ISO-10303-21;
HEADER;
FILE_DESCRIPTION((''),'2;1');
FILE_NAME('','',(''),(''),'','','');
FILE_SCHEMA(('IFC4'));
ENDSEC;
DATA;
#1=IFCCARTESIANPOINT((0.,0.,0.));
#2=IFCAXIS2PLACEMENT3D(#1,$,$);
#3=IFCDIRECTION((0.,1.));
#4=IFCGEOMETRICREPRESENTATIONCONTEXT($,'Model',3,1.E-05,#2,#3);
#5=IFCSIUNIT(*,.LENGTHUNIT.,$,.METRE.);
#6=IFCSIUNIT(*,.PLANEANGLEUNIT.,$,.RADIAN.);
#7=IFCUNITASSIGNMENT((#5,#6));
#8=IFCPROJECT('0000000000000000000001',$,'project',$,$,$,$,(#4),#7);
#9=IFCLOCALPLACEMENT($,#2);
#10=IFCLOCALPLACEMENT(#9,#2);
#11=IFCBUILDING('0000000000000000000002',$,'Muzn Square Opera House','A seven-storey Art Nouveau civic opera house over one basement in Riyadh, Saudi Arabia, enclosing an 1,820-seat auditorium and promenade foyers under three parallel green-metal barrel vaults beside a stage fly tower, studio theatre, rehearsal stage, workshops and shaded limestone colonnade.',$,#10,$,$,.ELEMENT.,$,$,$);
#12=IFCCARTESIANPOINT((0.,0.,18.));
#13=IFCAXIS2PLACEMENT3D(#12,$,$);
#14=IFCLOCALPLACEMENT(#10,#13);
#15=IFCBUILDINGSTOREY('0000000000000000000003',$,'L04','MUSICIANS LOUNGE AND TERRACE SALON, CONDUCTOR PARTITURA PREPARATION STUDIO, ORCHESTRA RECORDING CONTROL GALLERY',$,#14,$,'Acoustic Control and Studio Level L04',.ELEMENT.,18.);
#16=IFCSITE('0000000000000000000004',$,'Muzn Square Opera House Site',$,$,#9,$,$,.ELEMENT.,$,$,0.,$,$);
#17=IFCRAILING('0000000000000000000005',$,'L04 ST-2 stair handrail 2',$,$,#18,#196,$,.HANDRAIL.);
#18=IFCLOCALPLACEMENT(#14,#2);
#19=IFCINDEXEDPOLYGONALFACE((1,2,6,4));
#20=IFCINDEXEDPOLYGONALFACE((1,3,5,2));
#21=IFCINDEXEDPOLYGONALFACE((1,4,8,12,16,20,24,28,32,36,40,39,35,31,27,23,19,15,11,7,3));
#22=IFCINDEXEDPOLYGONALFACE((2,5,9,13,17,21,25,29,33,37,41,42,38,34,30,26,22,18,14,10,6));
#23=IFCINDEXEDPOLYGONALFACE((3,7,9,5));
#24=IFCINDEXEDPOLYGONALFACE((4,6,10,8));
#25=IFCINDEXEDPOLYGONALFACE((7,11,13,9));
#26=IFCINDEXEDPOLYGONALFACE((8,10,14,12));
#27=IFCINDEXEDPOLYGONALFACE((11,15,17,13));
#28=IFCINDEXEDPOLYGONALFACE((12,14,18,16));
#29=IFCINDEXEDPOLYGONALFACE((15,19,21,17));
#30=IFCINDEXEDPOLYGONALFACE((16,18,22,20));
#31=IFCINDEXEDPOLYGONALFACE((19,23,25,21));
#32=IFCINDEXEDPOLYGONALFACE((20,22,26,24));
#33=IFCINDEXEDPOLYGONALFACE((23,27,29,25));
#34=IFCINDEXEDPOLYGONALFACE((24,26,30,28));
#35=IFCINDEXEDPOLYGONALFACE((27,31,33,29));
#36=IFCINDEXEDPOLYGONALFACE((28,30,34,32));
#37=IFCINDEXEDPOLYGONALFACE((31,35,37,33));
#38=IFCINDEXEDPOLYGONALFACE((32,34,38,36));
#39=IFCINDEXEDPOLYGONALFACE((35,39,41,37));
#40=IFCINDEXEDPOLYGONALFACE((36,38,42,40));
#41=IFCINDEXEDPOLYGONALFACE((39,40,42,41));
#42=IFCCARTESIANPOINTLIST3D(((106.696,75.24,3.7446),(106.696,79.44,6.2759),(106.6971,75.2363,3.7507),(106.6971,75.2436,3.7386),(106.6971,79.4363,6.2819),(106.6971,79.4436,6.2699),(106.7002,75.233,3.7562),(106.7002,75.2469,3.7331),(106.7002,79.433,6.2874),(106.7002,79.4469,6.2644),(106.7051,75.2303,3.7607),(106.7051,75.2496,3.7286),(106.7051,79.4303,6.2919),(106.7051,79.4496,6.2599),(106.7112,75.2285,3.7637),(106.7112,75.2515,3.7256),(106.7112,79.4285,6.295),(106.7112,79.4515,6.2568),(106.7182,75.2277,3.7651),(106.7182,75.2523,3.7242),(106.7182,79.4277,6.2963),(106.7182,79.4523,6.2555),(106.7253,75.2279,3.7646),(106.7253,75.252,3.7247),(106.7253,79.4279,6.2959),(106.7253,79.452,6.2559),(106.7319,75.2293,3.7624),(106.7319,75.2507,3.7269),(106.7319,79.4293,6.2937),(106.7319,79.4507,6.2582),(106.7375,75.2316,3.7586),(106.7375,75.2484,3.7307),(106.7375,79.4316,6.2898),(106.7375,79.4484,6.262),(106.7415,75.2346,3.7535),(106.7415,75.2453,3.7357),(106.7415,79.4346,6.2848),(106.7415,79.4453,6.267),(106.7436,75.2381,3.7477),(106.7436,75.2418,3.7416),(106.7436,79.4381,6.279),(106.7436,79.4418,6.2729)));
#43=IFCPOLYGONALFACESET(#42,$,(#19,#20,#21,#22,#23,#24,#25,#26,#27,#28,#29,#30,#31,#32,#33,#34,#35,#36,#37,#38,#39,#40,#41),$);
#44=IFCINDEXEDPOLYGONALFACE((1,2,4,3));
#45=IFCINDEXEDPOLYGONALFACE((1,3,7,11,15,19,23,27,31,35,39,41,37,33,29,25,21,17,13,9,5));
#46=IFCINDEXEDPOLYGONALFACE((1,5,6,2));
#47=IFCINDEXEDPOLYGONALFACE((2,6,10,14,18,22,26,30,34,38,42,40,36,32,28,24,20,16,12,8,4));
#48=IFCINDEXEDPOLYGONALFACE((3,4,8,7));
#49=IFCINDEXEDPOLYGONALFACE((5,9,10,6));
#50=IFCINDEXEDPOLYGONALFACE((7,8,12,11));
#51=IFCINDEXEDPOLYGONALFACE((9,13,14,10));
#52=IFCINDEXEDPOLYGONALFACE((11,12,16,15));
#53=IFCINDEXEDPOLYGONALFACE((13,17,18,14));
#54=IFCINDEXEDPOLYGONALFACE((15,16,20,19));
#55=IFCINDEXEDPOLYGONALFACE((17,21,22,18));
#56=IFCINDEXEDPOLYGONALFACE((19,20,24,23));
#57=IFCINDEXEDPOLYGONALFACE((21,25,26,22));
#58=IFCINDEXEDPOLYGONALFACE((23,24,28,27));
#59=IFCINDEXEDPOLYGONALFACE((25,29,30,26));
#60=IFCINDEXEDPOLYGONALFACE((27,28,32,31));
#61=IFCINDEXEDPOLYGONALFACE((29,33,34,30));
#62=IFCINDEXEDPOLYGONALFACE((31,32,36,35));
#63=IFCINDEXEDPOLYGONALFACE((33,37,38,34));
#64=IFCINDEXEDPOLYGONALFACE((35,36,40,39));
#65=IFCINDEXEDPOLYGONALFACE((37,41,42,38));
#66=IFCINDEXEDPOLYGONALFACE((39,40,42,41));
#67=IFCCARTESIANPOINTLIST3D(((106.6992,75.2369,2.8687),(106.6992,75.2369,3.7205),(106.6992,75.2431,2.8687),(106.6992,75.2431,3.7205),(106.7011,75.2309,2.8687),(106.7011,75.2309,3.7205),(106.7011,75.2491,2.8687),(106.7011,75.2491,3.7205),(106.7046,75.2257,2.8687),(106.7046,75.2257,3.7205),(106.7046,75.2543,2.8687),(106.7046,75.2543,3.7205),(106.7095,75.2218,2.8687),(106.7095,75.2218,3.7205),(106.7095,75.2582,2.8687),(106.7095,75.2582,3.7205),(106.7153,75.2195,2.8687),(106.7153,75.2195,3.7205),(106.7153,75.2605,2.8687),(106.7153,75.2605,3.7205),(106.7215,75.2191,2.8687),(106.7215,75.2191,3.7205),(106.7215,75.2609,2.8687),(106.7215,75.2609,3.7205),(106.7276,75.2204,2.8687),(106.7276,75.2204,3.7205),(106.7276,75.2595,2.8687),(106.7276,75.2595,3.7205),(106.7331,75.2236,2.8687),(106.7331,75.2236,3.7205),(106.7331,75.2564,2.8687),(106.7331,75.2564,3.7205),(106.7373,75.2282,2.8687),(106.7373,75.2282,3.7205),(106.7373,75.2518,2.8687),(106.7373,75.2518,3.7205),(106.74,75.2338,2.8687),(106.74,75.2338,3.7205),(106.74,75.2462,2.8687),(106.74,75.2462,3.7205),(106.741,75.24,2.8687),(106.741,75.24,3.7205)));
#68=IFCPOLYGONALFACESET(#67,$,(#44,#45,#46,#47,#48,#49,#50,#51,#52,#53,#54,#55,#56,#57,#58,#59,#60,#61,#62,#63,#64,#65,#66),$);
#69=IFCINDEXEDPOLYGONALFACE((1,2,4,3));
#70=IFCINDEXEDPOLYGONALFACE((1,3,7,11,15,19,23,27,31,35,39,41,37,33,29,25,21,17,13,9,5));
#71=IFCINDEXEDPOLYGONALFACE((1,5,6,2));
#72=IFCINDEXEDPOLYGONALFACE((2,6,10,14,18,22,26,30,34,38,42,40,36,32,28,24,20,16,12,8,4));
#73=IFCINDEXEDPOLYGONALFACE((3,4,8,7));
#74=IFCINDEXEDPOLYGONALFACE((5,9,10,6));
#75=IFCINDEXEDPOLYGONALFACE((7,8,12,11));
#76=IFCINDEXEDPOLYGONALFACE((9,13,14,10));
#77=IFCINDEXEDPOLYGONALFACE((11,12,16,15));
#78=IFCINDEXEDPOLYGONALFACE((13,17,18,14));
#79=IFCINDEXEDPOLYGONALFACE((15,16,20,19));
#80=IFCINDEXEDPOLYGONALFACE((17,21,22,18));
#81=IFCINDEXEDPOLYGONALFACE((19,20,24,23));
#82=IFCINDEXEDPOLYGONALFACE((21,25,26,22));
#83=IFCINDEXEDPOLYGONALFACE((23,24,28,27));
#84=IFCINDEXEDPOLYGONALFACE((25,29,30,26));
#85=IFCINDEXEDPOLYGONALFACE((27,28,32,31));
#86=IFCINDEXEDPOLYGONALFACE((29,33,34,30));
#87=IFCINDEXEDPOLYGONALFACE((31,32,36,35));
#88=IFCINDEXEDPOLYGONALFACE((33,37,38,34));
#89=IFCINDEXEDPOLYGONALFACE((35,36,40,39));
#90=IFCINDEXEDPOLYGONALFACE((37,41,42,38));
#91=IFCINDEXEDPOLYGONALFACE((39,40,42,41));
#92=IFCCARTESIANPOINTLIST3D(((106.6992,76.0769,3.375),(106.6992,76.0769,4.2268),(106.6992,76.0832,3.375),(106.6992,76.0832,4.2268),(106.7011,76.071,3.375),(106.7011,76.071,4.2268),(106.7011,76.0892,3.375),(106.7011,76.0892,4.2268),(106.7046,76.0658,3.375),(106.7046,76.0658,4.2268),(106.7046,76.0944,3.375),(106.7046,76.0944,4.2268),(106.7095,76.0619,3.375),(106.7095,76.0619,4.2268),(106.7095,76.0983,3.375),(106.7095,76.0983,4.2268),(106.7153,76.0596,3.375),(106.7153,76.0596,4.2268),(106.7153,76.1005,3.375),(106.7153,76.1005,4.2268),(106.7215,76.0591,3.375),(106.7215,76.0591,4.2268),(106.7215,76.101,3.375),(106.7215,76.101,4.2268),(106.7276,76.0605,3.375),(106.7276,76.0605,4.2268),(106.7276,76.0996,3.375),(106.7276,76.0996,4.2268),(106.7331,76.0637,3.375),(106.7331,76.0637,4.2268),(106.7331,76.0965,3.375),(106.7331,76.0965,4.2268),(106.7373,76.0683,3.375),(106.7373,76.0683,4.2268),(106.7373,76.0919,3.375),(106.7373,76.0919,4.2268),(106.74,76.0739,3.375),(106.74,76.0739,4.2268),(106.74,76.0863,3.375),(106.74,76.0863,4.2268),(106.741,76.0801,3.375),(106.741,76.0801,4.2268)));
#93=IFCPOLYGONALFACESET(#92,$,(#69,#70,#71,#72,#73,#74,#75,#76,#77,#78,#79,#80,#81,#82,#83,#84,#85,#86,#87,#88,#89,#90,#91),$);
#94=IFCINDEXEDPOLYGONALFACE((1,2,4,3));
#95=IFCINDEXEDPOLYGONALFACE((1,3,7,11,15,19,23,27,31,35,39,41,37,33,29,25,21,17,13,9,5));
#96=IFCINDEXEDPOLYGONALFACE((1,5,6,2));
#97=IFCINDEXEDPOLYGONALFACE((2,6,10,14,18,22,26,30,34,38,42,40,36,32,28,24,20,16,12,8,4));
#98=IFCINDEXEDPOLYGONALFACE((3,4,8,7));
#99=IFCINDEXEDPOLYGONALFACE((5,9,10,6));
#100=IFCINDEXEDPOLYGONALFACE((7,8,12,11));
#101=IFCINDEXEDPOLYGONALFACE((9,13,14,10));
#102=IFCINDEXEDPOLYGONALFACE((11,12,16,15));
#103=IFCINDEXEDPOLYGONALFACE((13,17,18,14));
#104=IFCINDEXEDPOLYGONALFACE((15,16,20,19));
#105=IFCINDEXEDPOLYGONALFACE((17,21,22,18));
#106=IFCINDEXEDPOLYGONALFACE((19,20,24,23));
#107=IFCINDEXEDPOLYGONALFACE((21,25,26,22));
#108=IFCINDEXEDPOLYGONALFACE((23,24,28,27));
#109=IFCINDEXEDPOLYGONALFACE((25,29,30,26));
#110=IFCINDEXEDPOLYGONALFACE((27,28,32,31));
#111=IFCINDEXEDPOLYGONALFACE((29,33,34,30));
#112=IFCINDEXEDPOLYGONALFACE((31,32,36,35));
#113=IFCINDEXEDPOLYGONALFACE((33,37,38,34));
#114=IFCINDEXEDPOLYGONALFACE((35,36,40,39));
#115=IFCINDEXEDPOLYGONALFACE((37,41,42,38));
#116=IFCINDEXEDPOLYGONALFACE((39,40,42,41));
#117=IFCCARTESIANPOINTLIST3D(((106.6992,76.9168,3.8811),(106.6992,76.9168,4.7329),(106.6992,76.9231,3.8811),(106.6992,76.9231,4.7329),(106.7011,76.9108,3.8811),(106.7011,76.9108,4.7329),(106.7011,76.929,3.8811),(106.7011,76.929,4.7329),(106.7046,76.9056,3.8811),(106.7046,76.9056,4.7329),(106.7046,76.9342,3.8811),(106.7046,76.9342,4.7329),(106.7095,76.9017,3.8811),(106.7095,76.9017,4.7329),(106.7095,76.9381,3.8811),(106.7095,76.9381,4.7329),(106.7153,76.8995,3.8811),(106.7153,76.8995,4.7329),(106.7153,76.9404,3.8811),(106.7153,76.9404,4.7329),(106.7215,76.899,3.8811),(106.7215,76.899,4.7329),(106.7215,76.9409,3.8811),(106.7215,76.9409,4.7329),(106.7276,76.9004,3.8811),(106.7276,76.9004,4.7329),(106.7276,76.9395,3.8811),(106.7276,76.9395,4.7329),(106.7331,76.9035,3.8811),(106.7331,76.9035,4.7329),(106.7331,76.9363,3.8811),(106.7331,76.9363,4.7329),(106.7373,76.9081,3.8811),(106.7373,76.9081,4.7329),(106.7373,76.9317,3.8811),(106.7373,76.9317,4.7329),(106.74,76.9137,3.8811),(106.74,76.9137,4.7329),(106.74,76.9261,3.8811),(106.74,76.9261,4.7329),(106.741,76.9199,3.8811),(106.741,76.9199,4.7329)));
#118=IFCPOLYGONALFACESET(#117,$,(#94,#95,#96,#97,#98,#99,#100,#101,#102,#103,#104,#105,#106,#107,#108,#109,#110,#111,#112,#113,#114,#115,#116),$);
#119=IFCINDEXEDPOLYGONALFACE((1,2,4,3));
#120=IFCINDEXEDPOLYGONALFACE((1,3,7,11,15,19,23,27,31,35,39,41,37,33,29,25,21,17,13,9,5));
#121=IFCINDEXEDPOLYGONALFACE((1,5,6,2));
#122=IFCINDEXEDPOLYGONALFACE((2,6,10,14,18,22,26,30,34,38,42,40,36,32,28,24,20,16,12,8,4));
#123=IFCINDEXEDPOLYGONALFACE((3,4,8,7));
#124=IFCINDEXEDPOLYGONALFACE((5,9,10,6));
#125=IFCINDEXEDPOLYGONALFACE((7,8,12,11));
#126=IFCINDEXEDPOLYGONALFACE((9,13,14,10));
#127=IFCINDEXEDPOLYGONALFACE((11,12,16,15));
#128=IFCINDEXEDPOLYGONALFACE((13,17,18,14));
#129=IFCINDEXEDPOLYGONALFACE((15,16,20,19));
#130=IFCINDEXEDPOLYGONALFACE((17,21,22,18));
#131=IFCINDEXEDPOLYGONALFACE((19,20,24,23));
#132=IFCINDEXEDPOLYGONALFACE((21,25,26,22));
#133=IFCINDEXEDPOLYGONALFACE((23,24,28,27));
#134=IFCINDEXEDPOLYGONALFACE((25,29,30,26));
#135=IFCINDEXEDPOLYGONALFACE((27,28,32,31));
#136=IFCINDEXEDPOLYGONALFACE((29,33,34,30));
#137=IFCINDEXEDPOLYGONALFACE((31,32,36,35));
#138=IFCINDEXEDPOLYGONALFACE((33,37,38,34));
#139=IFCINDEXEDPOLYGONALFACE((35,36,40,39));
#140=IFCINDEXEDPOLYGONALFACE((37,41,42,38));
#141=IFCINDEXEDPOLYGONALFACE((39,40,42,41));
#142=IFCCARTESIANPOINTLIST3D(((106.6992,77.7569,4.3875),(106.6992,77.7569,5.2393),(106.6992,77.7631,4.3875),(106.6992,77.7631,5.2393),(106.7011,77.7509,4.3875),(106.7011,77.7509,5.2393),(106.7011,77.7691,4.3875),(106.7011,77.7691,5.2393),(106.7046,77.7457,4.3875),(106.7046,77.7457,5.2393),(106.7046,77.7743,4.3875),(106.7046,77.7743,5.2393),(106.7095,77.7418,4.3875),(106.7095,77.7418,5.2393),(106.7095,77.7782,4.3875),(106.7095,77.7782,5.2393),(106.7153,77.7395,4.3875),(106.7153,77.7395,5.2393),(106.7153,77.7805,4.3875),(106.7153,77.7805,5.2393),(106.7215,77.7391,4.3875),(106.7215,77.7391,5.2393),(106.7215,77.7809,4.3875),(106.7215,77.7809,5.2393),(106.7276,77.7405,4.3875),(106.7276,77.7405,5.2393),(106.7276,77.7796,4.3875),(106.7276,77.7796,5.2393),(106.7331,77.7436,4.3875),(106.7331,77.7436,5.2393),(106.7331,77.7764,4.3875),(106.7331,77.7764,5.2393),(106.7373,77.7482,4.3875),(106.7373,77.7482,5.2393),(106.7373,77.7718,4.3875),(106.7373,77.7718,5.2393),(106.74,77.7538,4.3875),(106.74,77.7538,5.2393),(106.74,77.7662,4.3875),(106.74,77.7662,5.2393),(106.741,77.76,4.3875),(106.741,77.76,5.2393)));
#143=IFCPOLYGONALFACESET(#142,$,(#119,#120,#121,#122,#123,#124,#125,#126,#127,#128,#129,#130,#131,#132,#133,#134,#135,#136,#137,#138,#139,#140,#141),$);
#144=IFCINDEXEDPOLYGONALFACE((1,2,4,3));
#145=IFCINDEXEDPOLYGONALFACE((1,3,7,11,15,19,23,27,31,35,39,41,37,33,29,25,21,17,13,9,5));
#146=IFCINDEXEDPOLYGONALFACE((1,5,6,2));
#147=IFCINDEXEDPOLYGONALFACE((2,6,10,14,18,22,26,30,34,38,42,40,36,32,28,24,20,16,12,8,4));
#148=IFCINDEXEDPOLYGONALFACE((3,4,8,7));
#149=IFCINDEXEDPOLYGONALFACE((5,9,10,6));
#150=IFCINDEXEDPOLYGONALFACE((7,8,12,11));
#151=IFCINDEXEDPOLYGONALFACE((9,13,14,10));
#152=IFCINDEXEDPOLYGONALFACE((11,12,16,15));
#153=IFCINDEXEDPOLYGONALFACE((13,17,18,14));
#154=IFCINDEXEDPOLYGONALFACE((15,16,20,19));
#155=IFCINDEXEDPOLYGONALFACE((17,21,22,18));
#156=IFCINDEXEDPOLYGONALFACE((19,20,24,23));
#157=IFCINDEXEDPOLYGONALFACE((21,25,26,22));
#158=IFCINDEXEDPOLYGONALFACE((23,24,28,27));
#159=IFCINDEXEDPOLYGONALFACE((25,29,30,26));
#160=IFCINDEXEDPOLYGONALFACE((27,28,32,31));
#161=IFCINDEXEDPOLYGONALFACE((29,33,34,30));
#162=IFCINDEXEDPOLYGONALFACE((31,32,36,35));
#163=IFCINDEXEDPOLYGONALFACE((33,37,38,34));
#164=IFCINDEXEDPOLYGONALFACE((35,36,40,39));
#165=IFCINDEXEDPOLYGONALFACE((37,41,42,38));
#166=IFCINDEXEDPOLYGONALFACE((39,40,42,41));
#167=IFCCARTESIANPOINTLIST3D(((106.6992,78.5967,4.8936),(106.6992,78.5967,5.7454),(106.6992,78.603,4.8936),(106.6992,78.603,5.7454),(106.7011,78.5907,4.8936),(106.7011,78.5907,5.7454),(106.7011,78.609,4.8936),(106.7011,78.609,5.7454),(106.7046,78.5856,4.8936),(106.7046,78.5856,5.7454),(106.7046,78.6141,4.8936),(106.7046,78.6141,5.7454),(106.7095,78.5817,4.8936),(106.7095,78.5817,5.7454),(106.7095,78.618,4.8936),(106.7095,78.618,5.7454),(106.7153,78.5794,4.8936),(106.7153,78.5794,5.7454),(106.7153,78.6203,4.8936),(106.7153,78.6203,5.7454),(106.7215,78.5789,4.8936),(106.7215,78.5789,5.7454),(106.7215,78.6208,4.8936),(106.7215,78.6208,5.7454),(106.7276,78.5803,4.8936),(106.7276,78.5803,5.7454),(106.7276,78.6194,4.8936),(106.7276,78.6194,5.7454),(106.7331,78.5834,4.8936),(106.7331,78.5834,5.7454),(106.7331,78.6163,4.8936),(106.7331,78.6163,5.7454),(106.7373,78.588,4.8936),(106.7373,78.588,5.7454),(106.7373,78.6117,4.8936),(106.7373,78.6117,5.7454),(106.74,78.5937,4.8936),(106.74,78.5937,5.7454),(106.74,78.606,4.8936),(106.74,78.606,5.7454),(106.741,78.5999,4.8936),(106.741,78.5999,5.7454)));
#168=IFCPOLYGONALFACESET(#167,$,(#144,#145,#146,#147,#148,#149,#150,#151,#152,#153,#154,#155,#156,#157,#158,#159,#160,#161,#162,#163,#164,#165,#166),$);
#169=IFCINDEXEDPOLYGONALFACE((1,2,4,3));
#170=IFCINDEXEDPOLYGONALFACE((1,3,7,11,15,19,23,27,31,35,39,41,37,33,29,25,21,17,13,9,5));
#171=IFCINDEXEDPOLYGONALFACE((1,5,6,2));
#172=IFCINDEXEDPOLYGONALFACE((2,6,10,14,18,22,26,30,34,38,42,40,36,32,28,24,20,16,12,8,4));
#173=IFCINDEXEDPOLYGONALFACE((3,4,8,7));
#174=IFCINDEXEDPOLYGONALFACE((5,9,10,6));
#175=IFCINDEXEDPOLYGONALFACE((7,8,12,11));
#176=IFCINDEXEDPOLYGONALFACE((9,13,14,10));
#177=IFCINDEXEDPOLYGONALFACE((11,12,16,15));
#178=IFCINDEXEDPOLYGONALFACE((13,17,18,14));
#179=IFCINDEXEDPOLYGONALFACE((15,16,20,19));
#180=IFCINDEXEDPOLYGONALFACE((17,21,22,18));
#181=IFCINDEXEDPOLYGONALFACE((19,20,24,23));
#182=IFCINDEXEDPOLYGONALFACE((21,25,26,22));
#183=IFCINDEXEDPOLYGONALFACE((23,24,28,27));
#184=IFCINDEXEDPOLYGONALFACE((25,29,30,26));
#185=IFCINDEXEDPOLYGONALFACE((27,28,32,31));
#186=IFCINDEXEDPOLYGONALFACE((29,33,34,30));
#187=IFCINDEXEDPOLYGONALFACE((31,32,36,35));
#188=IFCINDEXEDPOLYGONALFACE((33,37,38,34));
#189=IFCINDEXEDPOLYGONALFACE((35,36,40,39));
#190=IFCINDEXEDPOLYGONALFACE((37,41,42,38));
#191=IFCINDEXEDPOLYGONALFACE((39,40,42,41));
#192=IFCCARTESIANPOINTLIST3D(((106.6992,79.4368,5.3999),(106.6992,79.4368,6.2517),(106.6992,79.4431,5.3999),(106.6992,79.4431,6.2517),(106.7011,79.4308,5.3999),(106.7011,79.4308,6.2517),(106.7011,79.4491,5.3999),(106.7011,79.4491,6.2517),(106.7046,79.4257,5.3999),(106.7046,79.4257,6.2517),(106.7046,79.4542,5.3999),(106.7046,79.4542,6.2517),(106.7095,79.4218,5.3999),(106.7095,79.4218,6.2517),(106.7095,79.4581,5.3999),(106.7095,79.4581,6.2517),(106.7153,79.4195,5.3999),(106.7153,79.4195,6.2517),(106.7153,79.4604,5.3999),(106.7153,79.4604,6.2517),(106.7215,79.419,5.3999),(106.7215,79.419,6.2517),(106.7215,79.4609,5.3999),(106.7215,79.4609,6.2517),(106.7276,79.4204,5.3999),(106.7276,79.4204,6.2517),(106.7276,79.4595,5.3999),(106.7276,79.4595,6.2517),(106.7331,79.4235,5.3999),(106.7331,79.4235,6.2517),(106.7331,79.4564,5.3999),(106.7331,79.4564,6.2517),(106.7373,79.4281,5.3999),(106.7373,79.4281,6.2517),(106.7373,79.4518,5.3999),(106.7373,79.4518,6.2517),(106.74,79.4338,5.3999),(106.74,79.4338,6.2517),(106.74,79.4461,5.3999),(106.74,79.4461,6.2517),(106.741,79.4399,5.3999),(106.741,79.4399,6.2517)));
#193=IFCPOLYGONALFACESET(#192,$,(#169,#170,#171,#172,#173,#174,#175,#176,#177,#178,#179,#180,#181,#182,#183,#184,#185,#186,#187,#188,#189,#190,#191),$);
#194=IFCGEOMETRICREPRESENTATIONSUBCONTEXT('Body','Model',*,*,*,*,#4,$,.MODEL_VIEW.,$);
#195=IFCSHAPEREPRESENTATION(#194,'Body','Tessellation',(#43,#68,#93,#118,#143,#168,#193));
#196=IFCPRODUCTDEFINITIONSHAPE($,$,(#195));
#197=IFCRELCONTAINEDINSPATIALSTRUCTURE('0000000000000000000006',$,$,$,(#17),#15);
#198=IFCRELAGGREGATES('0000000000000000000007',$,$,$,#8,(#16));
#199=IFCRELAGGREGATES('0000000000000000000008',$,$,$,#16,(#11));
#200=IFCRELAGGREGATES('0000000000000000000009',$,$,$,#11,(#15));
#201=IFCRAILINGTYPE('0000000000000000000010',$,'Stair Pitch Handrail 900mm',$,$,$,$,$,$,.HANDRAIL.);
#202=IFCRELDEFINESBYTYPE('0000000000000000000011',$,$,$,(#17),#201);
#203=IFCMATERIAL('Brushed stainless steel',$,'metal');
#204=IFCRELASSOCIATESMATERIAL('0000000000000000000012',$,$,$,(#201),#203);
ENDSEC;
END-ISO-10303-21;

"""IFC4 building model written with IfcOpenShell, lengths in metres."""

from ifc_helpers import new_model, si_unit, direction, frame, origin, origin_2d, place, context, subcontext, project, spatial, circle, extrude, material, type_object, element, save


model = new_model("IFC4")

# Units and contexts
model_context = context("Model", 3, precision=1e-05, world=origin(), true_north=direction((0.0, 1.0)))
body_context = subcontext(model_context, "Body", "Model", "MODEL_VIEW")
ifc_project = project(units=[si_unit("LENGTHUNIT", "METRE"), si_unit("PLANEANGLEUNIT", "RADIAN")], contexts=[model_context])

# Site, building, storey
site_placement = place(None, origin())
site = spatial("IfcSite", under=ifc_project, at=site_placement, Name="Muzn Square Opera House Site", CompositionType="ELEMENT", RefElevation=0.0)
building_placement = place(site_placement, origin())
building = spatial("IfcBuilding", under=site, at=building_placement, Name="Muzn Square Opera House", Description="A seven-storey Art Nouveau civic opera house over one basement in Riyadh, Saudi Arabia, enclosing an 1,820-seat auditorium and promenade foyers under three parallel green-metal barrel vaults beside a stage fly tower, studio theatre, rehearsal stage, workshops and shaded limestone colonnade.", CompositionType="ELEMENT")
storey_placement = place(building_placement, frame((0.0, 0.0, 18.0)))
storey = spatial("IfcBuildingStorey", under=building, at=storey_placement, Name="L04", Description="MUSICIANS LOUNGE AND TERRACE SALON, CONDUCTOR PARTITURA PREPARATION STUDIO, ORCHESTRA RECORDING CONTROL GALLERY", LongName="Acoustic Control and Studio Level L04", CompositionType="ELEMENT", Elevation=18.0)

# Shared definitions
ifc_material_1 = material(Name="Brushed stainless steel", Category="metal")

# Railing
railing_type_1 = type_object("IfcRailingType", Name="Stair Pitch Handrail 900mm", PredefinedType="HANDRAIL", material=ifc_material_1)
railing_1_placement = place(storey_placement, frame((106.72, 75.24, 2.8687)))
element("IfcRailing", 1, at=railing_1_placement, inside=storey, type_object=railing_type_1, Name="L04 ST-2 stair handrail 2", PredefinedType="HANDRAIL", context=body_context, shape_type="SweptSolid", body=[
    extrude(circle(Radius=0.0239, at=origin_2d()), frame((0.0, 0.0, 0.876), z_axis=(0.0, 0.856476, 0.516186), x_axis=(-1.0, 0.0, 0.0)), (0.0, 0.0, 1.0), 4.9038),
    extrude(circle(Radius=0.021, at=origin_2d()), origin(), (0.0, 0.0, 1.0), 0.8518),
    extrude(circle(Radius=0.021, at=origin_2d()), frame((0.0, 0.8401, 0.5063)), (0.0, 0.0, 1.0), 0.8518),
    extrude(circle(Radius=0.021, at=origin_2d()), frame((0.0, 1.6799, 1.0125)), (0.0, 0.0, 1.0), 0.8518),
    extrude(circle(Radius=0.021, at=origin_2d()), frame((0.0, 2.52, 1.5188)), (0.0, 0.0, 1.0), 0.8518),
    extrude(circle(Radius=0.021, at=origin_2d()), frame((0.0, 3.3599, 2.0249)), (0.0, 0.0, 1.0), 0.8518),
    extrude(circle(Radius=0.021, at=origin_2d()), frame((0.0, 4.2, 2.5312)), (0.0, 0.0, 1.0), 0.8518),
])

save(model, "model.ifc")
